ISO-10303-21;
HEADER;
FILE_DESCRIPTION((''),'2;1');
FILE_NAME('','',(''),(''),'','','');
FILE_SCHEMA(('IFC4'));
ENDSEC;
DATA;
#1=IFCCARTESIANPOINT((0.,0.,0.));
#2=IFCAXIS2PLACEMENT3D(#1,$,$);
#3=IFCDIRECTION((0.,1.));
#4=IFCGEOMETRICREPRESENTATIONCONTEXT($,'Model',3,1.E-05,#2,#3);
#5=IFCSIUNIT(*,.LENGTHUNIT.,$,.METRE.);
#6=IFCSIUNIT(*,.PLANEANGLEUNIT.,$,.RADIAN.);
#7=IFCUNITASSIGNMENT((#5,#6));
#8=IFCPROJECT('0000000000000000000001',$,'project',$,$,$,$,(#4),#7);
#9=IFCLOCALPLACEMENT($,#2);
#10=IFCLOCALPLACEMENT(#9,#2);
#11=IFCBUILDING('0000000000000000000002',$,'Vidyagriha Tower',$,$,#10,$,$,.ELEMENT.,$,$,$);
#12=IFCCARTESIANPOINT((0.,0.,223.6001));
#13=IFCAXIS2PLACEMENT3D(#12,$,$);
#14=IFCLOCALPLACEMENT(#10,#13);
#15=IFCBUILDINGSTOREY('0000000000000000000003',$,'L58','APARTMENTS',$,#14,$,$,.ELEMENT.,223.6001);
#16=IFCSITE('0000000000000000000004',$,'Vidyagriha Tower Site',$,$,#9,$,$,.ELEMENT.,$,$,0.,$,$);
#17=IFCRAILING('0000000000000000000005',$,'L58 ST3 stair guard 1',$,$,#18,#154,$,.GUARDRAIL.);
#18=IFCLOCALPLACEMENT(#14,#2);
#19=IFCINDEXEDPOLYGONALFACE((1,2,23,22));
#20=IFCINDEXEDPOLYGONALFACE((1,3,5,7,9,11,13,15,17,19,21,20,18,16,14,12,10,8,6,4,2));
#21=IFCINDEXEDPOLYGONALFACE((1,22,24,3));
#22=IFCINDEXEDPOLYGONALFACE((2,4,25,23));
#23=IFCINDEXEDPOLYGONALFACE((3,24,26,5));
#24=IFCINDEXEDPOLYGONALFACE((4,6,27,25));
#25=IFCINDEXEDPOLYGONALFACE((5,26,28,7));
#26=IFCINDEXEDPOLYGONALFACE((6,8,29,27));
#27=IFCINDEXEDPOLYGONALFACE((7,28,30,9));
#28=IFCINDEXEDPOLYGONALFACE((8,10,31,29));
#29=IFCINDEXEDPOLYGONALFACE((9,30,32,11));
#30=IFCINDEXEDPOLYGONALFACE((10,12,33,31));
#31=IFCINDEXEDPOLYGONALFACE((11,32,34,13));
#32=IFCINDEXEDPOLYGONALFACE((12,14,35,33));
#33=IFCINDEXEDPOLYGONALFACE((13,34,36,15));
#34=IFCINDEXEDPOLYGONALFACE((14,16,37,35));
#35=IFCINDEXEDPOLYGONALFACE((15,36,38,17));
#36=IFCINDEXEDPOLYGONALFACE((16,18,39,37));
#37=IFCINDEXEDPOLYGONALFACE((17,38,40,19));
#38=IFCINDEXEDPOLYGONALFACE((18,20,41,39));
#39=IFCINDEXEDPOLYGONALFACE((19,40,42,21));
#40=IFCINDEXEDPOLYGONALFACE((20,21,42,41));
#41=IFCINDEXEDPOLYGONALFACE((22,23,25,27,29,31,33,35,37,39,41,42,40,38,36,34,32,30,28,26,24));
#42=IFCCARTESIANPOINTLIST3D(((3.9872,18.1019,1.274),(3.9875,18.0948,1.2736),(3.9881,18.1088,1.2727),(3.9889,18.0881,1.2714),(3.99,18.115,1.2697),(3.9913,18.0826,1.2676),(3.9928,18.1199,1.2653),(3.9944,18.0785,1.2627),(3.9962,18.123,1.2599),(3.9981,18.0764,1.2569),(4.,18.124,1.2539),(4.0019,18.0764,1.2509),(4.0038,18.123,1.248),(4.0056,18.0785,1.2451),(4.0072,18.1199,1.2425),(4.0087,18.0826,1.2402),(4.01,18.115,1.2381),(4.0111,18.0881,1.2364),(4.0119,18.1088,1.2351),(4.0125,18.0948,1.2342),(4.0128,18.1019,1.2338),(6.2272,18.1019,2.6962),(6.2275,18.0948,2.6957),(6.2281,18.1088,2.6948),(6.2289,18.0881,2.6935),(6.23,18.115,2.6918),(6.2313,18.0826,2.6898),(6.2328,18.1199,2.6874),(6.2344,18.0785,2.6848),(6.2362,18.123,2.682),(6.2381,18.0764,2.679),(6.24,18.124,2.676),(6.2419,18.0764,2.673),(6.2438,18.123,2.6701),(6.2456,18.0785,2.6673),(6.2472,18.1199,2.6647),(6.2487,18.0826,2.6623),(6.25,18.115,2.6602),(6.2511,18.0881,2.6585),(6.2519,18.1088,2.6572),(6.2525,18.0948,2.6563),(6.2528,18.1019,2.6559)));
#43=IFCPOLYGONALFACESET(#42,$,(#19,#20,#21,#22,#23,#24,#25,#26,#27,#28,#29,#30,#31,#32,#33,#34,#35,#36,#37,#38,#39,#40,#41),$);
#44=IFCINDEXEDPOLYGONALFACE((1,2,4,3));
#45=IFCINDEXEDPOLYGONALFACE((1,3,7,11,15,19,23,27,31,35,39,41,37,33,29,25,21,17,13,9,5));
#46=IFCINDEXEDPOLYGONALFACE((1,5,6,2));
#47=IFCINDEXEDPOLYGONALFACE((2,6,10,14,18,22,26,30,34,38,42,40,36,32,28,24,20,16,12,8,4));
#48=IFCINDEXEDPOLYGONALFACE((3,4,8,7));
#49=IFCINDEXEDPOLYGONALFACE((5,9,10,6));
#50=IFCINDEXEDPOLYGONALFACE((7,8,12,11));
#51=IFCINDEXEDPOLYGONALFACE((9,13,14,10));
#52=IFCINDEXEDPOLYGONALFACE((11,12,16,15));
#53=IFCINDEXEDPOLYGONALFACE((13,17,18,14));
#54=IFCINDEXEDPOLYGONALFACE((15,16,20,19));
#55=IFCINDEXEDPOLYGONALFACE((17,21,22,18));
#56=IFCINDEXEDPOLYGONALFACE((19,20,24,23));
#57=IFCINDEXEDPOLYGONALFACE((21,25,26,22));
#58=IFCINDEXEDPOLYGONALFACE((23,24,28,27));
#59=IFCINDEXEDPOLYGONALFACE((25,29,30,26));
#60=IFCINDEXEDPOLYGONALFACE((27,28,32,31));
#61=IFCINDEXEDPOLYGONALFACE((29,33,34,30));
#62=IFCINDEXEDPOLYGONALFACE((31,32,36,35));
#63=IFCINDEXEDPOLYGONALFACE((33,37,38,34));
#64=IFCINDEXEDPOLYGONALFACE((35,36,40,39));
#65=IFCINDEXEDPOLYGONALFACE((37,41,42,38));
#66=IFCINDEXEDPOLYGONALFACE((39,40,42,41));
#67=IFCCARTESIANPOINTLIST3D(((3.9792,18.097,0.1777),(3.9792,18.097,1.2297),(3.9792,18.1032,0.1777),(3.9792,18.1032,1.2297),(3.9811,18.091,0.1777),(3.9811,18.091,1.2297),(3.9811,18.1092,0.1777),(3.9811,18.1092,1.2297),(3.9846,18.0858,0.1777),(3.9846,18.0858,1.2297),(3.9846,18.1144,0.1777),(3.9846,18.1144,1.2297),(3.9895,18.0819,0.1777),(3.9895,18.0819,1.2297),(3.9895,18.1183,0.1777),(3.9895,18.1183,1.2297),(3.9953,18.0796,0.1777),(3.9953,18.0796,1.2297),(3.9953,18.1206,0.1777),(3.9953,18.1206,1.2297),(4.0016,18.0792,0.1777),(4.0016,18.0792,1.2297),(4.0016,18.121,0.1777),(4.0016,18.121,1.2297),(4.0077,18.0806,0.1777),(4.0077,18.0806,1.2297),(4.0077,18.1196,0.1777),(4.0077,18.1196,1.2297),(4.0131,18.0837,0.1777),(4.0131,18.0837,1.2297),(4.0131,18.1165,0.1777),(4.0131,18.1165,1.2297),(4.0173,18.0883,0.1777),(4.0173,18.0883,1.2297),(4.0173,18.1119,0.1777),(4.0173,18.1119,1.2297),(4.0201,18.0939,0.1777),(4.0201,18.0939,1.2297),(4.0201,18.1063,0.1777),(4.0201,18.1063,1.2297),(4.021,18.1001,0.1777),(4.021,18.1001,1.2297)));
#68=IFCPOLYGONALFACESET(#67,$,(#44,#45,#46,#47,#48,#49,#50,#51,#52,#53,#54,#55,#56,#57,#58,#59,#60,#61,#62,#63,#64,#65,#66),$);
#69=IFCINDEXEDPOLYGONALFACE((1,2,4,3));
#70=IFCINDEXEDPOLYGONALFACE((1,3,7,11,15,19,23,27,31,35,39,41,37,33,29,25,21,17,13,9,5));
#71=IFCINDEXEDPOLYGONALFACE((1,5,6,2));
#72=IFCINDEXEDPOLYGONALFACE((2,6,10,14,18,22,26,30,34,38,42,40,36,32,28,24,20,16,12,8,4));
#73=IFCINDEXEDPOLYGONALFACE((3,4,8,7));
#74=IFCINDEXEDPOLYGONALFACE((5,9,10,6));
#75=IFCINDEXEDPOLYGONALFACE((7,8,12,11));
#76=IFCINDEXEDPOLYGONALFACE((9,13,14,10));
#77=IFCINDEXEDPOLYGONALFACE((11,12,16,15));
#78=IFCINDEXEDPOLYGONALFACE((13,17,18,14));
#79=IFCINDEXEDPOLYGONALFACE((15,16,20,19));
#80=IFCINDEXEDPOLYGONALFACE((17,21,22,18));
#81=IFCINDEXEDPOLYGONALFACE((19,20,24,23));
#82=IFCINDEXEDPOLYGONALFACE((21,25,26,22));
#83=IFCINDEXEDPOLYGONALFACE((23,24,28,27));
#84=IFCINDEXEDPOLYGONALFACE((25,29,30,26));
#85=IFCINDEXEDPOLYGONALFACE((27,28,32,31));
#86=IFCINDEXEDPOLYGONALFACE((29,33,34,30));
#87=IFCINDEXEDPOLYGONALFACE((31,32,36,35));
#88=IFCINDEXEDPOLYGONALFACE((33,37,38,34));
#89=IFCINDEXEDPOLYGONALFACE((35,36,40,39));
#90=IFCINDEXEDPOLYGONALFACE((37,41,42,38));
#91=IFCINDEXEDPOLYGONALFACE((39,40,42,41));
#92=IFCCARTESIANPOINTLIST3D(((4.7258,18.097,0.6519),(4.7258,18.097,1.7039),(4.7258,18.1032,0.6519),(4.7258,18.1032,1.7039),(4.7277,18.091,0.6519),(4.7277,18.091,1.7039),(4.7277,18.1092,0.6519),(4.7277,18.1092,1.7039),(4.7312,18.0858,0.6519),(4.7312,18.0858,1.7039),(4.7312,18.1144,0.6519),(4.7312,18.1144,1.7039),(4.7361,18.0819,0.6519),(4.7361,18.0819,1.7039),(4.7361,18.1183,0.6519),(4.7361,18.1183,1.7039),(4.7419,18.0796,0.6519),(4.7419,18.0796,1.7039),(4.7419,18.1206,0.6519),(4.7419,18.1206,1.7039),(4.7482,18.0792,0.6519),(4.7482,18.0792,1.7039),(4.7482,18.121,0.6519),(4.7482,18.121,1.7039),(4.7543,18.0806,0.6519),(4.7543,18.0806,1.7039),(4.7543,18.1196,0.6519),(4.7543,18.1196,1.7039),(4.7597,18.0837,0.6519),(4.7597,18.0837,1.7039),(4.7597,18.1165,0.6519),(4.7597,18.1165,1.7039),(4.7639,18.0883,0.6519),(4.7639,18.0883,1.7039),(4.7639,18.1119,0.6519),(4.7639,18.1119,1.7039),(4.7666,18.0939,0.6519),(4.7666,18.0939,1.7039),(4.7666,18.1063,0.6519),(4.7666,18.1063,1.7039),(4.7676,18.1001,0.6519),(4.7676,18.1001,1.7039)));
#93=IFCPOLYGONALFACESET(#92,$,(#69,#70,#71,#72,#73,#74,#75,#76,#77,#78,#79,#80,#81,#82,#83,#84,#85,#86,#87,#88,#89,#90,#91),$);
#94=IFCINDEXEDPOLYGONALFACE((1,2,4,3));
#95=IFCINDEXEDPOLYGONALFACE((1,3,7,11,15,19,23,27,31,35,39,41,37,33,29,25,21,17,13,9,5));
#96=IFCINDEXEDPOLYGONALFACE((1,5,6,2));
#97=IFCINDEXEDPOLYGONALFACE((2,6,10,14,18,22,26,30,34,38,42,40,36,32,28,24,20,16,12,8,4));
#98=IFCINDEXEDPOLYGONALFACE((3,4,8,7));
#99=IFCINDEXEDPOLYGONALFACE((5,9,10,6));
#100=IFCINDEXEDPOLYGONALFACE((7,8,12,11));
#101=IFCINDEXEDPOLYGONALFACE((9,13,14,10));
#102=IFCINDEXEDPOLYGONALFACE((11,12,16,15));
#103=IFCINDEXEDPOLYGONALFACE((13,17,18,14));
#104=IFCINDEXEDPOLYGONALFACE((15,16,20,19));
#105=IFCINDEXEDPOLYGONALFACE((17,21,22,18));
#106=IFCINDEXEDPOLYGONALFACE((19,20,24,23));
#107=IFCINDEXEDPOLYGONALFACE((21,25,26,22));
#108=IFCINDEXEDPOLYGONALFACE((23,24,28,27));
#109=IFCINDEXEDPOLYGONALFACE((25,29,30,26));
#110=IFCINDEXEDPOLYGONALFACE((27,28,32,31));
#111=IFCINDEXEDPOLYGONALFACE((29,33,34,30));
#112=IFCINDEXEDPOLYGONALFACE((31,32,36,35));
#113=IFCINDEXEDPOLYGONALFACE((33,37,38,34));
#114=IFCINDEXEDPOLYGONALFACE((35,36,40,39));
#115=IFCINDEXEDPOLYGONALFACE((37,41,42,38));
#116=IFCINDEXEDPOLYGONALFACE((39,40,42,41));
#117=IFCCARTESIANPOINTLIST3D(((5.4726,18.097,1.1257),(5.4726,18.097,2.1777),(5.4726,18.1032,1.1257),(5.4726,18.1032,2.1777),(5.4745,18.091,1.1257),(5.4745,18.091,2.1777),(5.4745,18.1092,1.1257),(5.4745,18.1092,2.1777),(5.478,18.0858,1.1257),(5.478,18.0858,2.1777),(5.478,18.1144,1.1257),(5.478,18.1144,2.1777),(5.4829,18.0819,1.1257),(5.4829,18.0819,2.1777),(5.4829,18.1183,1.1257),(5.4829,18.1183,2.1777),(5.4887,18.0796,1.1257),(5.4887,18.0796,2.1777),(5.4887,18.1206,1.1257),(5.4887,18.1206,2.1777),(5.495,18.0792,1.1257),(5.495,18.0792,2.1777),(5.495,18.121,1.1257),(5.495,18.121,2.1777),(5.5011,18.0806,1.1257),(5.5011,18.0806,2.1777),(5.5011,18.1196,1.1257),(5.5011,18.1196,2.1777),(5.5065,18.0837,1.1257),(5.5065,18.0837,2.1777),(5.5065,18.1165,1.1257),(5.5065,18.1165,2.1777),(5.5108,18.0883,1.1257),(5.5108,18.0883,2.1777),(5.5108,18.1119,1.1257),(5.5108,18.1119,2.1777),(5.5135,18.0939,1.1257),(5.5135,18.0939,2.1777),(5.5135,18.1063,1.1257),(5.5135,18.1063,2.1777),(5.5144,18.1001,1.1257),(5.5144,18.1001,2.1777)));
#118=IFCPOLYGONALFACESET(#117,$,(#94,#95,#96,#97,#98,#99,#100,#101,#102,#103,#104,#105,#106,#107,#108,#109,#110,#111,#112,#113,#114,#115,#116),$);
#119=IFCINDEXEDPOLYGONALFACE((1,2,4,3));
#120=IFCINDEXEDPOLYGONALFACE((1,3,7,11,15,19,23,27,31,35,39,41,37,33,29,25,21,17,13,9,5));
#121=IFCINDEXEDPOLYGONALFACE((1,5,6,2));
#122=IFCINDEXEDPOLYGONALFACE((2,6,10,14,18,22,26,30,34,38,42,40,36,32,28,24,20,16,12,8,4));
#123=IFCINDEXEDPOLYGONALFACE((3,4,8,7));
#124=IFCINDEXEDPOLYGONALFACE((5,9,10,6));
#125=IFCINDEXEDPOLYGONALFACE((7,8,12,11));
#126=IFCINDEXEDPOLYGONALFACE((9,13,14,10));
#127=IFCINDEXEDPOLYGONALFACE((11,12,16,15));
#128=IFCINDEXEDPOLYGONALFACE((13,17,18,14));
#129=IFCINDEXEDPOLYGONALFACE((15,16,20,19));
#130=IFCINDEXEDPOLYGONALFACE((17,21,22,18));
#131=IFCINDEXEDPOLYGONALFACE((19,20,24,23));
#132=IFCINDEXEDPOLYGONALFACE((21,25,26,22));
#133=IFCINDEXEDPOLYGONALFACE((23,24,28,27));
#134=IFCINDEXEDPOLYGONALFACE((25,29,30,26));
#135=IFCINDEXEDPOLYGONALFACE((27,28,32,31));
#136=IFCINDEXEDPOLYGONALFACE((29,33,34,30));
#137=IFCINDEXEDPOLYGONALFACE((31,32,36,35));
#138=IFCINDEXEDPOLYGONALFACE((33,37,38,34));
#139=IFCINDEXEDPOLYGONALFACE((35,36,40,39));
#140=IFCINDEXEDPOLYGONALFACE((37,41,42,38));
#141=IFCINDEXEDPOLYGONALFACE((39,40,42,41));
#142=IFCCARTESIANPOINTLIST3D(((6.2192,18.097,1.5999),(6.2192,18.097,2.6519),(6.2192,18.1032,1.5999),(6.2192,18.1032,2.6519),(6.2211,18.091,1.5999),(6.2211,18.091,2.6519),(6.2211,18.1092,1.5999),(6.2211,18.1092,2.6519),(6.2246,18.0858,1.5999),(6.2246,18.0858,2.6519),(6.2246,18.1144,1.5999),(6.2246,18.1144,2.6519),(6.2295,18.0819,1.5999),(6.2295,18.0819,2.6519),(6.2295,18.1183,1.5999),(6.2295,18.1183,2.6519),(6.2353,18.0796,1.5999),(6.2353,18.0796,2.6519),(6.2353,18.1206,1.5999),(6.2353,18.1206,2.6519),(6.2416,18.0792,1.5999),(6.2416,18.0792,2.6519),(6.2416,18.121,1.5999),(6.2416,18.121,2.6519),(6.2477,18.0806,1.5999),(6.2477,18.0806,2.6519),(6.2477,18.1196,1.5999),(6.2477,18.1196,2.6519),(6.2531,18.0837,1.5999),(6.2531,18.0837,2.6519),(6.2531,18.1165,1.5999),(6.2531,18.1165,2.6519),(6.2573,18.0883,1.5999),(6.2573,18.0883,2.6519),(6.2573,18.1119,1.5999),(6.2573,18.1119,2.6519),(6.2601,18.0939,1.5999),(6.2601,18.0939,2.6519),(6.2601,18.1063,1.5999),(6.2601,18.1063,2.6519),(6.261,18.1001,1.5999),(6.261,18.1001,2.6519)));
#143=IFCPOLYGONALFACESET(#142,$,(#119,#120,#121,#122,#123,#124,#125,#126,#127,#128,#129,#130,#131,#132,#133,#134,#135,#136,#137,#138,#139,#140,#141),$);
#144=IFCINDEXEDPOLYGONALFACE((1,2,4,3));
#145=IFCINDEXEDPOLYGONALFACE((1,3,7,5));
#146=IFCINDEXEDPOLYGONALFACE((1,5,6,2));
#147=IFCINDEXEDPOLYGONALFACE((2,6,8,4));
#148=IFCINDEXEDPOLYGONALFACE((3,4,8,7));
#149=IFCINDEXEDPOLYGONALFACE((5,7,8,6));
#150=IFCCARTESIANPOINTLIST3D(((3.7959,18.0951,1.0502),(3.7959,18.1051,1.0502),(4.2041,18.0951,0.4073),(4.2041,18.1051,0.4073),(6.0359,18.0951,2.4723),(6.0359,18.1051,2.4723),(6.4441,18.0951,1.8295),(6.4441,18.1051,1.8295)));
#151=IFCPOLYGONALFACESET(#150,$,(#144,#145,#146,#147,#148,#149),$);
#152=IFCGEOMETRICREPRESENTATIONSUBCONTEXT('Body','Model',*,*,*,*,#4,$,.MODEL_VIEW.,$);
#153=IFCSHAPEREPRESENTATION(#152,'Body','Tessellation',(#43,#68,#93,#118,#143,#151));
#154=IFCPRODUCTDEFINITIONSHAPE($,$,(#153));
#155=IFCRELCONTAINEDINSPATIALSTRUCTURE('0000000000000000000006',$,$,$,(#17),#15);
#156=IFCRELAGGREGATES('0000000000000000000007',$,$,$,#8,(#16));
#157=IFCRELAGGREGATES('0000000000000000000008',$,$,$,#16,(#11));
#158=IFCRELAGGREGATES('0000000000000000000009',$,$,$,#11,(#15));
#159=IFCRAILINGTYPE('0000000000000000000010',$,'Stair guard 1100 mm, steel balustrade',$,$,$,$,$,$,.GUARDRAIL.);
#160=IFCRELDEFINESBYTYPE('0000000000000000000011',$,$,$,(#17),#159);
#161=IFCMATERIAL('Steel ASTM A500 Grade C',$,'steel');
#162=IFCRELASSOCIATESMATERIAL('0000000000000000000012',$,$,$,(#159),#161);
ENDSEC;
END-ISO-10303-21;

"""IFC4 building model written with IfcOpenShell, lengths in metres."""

from ifc_helpers import new_model, si_unit, direction, frame, origin, origin_2d, place, context, subcontext, project, spatial, rectangle, circle, extrude, material, type_object, element, save


model = new_model("IFC4")

# Units and contexts
model_context = context("Model", 3, precision=1e-05, world=origin(), true_north=direction((0.0, 1.0)))
body_context = subcontext(model_context, "Body", "Model", "MODEL_VIEW")
ifc_project = project(units=[si_unit("LENGTHUNIT", "METRE"), si_unit("PLANEANGLEUNIT", "RADIAN")], contexts=[model_context])

# Site, building, storey
site_placement = place(None, origin())
site = spatial("IfcSite", under=ifc_project, at=site_placement, Name="Vidyagriha Tower Site", CompositionType="ELEMENT", RefElevation=0.0)
building_placement = place(site_placement, origin())
building = spatial("IfcBuilding", under=site, at=building_placement, Name="Vidyagriha Tower", CompositionType="ELEMENT")
storey_placement = place(building_placement, frame((0.0, 0.0, 223.6001)))
storey = spatial("IfcBuildingStorey", under=building, at=storey_placement, Name="L58", Description="APARTMENTS", CompositionType="ELEMENT", Elevation=223.6001)

# Railing
ifc_material_1 = material(Name="Steel ASTM A500 Grade C", Category="steel")
railing_type_1 = type_object("IfcRailingType", Name="Stair guard 1100 mm, steel balustrade", PredefinedType="GUARDRAIL", material=ifc_material_1)
railing_1_placement = place(storey_placement, frame((4.0, 18.1001, 0.1777)))
element("IfcRailing", 1, at=railing_1_placement, inside=storey, type_object=railing_type_1, Name="L58 ST3 stair guard 1", PredefinedType="GUARDRAIL", context=body_context, shape_type="SweptSolid", body=[
    extrude(circle(Radius=0.0239, at=origin_2d()), frame((0.0, 0.0, 1.0762), z_axis=(0.844229, 0.0, 0.535982), x_axis=(0.0, 1.0, 0.0)), (0.0, 0.0, 1.0), 2.6533),
    extrude(circle(Radius=0.021, at=origin_2d()), origin(), (0.0, 0.0, 1.0), 1.052),
    extrude(circle(Radius=0.021, at=origin_2d()), frame((0.7466, 0.0, 0.4741)), (0.0, 0.0, 1.0), 1.052),
    extrude(circle(Radius=0.021, at=origin_2d()), frame((1.4934, 0.0, 0.948)), (0.0, 0.0, 1.0), 1.052),
    extrude(circle(Radius=0.021, at=origin_2d()), frame((2.24, 0.0, 1.4221)), (0.0, 0.0, 1.0), 1.052),
    extrude(rectangle(XDim=0.01, YDim=0.7615, at=origin_2d()), frame((0.0, 0.0, 0.551), z_axis=(0.844229, 0.0, 0.535982), x_axis=(0.0, 1.0, 0.0)), (0.0, 0.0, 1.0), 2.6533),
])

save(model, "model.ifc")
